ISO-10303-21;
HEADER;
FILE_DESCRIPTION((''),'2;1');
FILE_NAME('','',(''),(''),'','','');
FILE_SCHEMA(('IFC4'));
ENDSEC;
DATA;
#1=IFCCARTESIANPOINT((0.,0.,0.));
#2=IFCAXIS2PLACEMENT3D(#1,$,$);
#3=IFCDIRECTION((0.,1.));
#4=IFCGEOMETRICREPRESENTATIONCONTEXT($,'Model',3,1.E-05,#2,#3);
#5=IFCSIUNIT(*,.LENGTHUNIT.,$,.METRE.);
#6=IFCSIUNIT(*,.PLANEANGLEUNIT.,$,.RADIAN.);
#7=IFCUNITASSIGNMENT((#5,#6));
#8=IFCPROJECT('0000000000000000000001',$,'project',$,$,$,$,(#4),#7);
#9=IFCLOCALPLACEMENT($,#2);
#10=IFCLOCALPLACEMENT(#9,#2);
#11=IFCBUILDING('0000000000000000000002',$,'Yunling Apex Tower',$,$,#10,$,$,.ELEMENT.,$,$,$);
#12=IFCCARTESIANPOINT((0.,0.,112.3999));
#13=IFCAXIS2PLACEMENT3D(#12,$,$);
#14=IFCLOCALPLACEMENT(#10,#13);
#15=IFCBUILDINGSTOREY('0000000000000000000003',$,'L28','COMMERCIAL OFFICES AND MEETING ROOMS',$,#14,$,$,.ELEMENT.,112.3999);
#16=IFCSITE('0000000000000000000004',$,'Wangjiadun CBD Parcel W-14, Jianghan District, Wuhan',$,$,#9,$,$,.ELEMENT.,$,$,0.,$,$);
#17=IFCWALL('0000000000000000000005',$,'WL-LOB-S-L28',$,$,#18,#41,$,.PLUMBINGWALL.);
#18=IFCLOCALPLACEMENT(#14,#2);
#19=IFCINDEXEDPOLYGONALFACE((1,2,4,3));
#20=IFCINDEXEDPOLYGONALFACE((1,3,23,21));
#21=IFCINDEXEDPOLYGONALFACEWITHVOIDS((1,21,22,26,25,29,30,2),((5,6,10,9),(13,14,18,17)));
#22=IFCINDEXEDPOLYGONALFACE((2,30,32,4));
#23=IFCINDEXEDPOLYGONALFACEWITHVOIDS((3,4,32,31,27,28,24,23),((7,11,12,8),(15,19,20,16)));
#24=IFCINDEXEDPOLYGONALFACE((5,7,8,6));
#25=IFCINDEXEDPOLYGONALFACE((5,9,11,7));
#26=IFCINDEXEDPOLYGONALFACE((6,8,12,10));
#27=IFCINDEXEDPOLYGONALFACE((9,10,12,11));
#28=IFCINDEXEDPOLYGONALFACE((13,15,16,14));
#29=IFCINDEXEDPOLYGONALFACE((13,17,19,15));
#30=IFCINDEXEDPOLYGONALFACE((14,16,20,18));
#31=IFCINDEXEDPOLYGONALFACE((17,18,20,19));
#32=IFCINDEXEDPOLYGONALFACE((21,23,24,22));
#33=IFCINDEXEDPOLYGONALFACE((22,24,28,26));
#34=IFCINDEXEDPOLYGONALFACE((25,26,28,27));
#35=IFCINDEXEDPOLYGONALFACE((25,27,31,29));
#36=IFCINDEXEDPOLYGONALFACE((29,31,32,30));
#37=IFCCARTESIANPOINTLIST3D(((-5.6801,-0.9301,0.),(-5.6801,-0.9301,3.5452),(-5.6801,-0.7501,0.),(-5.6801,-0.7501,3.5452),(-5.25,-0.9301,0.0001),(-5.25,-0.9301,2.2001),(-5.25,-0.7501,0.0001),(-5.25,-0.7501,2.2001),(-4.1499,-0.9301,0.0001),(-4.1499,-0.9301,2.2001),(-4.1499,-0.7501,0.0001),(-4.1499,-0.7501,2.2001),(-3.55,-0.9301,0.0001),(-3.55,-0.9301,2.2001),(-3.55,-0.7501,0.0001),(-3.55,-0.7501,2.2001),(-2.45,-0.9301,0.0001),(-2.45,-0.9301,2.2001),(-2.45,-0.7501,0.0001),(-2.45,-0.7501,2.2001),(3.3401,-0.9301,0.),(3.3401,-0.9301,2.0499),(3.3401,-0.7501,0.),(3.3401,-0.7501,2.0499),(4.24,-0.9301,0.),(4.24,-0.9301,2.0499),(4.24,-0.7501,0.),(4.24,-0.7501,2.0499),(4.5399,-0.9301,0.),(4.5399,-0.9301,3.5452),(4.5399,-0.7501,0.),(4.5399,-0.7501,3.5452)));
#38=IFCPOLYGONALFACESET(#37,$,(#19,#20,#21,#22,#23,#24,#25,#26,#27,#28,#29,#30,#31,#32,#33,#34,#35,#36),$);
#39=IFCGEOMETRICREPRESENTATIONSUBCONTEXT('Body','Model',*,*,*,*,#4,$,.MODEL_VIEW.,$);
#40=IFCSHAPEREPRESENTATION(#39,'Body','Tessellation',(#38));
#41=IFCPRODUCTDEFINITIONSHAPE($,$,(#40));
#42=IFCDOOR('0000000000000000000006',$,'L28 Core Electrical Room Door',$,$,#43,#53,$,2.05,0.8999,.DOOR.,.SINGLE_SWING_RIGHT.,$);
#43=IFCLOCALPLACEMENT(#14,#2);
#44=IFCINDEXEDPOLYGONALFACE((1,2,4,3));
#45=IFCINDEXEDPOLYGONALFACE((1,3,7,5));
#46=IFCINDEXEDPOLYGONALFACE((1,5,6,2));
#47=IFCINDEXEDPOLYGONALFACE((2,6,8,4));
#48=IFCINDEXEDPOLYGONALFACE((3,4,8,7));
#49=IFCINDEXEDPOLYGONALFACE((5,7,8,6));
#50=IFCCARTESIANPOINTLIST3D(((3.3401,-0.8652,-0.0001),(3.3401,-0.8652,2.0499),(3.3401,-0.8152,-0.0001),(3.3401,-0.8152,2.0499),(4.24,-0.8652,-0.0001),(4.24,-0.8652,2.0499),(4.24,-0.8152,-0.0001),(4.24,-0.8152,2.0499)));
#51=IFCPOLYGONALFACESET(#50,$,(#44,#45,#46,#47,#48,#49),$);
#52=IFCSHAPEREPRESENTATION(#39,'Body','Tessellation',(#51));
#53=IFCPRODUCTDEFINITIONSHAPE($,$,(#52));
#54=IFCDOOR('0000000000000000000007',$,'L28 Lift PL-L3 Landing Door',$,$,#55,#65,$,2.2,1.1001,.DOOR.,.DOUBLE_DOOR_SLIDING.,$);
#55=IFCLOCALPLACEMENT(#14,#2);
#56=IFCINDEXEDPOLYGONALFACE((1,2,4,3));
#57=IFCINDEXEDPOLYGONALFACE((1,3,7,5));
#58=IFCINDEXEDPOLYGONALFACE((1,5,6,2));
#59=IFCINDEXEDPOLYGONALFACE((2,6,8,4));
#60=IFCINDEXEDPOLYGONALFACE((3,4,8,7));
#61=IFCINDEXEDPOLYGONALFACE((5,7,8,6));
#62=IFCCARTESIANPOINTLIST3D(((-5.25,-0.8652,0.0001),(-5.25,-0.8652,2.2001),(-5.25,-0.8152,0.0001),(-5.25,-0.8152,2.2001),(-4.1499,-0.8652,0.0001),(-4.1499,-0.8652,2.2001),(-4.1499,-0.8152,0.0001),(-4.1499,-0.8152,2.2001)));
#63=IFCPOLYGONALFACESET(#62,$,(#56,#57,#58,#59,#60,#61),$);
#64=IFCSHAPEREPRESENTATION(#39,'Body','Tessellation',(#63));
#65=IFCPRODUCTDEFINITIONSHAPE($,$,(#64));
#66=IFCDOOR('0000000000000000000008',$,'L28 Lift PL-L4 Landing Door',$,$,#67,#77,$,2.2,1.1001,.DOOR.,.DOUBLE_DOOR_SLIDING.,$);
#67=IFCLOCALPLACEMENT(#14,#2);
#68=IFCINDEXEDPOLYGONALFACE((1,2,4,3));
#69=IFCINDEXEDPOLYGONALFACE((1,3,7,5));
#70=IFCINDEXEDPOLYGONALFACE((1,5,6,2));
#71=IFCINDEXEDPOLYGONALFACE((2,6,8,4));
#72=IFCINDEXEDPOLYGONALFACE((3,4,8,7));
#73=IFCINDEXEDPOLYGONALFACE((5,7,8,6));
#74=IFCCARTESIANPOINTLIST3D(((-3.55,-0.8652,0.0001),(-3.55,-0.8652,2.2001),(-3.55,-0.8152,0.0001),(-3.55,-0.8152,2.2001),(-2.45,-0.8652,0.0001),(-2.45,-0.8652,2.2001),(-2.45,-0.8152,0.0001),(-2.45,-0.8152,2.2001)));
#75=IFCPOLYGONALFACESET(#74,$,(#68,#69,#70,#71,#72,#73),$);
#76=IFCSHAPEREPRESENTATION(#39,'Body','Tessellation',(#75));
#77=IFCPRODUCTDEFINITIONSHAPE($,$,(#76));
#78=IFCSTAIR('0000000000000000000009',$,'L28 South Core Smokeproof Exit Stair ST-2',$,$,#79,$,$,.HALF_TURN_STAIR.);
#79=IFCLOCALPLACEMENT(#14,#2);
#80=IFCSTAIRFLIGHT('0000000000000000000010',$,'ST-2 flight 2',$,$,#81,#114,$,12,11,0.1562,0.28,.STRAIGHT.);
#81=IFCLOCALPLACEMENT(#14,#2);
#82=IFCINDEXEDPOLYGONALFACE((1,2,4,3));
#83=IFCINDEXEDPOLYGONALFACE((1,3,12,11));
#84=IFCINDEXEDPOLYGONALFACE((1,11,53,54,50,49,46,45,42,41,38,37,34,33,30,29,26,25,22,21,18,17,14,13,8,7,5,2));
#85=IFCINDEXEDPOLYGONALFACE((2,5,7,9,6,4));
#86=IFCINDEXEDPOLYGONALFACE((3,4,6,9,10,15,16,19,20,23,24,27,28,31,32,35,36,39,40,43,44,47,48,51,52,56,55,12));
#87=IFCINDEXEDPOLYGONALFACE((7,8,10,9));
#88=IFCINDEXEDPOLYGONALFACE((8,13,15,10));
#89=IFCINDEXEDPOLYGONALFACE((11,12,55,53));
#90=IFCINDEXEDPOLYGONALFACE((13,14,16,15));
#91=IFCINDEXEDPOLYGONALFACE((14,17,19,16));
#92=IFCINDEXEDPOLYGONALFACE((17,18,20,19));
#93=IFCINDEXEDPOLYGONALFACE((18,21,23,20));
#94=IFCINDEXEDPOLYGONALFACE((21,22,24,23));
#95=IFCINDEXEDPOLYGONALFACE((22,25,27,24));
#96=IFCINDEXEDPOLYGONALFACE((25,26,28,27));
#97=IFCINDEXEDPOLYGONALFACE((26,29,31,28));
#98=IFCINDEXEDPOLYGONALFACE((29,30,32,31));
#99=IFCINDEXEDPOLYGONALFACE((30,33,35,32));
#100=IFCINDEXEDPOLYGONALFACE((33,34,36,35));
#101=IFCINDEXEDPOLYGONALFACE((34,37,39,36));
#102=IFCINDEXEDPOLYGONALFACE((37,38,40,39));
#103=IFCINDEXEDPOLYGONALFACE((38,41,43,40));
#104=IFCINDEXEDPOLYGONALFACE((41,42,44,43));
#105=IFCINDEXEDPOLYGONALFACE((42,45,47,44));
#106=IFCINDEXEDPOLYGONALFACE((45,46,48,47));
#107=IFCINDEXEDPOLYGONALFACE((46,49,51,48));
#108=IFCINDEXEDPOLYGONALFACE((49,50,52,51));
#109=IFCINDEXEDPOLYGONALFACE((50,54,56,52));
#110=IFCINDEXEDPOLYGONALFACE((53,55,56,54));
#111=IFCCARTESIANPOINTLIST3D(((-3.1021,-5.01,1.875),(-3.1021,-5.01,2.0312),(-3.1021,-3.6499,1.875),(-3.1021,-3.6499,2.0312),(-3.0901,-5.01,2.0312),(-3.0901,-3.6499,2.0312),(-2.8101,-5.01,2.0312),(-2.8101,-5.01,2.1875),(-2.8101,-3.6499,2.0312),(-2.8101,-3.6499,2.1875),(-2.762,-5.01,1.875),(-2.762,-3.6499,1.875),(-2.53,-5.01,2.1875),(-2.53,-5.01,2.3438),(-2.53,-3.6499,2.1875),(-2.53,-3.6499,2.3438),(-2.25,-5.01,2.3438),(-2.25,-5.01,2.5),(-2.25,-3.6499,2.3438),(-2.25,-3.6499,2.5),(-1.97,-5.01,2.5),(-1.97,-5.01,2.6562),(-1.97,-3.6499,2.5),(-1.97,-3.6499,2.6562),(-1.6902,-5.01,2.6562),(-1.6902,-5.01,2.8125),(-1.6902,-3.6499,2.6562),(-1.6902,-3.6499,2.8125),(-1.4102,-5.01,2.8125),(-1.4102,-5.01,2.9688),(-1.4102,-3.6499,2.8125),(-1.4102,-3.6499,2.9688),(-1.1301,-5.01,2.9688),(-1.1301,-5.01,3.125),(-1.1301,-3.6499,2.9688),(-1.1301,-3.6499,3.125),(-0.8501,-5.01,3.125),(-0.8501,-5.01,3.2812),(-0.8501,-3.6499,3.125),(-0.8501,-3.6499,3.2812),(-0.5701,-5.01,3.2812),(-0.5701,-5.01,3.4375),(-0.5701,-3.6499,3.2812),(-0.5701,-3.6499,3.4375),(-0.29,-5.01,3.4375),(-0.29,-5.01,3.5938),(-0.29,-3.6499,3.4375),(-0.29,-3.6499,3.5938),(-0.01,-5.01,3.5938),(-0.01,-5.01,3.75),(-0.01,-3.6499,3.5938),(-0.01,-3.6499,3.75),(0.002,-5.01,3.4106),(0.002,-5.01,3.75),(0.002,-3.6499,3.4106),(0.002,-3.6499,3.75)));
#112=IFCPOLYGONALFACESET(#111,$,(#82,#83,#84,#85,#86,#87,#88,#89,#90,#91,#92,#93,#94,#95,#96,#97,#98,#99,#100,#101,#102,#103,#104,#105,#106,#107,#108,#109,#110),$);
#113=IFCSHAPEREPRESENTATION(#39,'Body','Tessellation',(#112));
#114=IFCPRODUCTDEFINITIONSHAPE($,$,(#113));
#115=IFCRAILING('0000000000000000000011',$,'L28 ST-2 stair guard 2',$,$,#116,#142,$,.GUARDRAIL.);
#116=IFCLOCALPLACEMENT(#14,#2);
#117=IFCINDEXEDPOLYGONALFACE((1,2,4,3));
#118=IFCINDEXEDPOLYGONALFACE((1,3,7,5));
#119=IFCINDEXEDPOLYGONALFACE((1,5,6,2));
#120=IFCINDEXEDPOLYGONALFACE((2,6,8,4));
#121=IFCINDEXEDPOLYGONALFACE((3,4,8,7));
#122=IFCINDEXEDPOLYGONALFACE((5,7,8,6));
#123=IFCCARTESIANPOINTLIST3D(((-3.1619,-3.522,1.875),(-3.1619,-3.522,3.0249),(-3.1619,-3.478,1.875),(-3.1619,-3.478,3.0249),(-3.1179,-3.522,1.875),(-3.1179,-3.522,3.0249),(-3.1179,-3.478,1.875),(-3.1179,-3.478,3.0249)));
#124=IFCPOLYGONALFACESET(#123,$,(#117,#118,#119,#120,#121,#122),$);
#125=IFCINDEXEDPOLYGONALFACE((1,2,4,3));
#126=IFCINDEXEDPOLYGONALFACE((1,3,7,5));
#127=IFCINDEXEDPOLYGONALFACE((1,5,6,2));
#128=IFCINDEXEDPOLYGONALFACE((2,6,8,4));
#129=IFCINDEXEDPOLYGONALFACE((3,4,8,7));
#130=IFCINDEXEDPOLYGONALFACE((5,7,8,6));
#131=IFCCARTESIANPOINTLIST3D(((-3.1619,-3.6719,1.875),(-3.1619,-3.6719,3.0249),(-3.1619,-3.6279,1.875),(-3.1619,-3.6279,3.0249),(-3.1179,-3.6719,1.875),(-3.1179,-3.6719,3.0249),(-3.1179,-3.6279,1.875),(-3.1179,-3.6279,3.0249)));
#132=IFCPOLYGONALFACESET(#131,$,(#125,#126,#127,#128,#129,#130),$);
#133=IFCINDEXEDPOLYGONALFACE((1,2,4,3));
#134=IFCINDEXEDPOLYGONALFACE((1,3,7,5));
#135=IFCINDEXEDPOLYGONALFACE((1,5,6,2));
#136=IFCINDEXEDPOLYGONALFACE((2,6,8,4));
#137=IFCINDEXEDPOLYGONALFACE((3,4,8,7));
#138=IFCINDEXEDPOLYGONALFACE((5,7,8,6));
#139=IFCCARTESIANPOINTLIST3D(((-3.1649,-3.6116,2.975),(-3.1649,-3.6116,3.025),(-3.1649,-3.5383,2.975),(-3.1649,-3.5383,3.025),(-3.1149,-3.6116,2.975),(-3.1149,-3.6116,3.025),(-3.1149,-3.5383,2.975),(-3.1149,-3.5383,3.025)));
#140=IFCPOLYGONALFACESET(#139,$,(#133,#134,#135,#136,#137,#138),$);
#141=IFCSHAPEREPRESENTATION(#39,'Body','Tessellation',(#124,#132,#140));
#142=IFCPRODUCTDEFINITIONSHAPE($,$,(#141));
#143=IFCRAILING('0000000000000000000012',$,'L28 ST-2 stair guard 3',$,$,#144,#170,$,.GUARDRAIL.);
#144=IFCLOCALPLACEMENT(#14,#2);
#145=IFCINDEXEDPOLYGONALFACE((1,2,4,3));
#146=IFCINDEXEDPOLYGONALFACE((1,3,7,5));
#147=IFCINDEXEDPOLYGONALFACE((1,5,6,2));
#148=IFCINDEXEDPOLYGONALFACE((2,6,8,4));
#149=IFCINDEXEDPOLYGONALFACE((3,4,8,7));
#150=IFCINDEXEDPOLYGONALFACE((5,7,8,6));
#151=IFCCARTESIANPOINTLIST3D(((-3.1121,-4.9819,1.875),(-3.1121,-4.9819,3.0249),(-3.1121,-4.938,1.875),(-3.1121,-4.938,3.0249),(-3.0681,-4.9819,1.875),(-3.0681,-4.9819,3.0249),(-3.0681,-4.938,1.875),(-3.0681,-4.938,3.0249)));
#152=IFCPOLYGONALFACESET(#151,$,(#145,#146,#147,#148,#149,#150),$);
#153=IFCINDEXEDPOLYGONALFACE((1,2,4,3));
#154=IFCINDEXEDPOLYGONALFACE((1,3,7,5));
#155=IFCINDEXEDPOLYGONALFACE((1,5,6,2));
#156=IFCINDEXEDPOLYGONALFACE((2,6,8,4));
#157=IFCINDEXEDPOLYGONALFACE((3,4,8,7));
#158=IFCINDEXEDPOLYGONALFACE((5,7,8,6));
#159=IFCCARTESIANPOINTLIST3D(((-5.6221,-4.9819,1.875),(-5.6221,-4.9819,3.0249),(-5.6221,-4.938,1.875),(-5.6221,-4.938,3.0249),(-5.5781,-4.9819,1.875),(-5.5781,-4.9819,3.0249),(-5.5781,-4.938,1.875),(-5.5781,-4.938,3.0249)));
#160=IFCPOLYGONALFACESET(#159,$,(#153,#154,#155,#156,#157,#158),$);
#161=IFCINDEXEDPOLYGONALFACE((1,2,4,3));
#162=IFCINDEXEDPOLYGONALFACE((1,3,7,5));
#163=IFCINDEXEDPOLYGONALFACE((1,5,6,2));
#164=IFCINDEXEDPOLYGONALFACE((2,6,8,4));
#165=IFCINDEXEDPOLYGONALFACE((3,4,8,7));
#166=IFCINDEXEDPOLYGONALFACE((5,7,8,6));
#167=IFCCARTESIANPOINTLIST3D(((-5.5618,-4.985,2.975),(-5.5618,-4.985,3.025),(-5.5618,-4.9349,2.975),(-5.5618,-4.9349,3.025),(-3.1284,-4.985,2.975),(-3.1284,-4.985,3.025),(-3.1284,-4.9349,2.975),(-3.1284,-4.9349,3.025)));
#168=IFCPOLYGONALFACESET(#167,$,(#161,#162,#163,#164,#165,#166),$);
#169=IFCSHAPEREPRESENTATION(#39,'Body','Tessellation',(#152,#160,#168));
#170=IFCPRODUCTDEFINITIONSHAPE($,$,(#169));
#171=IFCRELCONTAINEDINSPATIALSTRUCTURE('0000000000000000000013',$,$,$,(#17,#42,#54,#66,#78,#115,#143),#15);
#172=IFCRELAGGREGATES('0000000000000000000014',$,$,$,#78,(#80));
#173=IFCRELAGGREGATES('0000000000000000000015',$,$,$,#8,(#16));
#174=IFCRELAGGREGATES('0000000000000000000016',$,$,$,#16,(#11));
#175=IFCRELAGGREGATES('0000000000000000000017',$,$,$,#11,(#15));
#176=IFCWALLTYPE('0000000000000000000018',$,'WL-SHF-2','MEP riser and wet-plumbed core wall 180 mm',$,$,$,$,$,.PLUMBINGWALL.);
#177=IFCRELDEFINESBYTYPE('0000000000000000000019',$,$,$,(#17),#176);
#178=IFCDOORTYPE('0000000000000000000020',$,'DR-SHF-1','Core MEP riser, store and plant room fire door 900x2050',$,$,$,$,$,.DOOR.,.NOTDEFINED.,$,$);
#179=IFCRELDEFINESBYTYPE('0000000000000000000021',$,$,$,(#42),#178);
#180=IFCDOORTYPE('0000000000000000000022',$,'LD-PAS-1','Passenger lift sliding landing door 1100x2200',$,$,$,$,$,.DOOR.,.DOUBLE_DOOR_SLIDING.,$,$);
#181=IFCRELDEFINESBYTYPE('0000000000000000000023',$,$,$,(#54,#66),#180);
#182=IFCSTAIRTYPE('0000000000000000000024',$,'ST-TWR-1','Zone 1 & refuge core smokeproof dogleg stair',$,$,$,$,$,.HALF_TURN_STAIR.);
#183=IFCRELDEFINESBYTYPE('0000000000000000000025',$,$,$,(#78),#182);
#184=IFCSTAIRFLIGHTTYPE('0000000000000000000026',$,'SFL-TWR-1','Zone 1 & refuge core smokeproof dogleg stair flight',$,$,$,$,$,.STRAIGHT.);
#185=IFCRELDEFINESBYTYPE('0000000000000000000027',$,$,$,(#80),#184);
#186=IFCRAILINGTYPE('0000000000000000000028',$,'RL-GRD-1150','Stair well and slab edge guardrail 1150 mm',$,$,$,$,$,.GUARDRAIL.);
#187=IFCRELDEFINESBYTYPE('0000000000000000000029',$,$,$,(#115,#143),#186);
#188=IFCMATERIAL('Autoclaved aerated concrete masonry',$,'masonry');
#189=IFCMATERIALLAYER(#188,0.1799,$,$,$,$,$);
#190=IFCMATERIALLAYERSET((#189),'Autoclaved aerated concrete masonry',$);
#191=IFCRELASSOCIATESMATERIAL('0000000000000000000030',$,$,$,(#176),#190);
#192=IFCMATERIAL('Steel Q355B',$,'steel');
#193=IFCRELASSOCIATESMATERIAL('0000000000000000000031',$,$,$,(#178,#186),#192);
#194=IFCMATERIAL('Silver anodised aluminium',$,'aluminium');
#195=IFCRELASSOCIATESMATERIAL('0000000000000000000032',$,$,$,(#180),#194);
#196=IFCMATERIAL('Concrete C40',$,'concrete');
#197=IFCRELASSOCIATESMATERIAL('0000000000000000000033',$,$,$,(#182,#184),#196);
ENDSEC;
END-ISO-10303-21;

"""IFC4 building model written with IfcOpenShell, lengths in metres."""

from ifc_helpers import new_model, si_unit, direction, frame, frame_2d, origin, origin_2d, place, context, subcontext, project, spatial, polyline, rectangle, outline, extrude, material, layer, layer_set, type_object, element, fill, aggregate, save


model = new_model("IFC4")

# Units and contexts
model_context = context("Model", 3, precision=1e-05, world=origin(), true_north=direction((0.0, 1.0)))
body_context = subcontext(model_context, "Body", "Model", "MODEL_VIEW")
ifc_project = project(units=[si_unit("LENGTHUNIT", "METRE"), si_unit("PLANEANGLEUNIT", "RADIAN")], contexts=[model_context])

# Site, building, storey
site_placement = place(None, origin())
site = spatial("IfcSite", under=ifc_project, at=site_placement, Name="Wangjiadun CBD Parcel W-14, Jianghan District, Wuhan", CompositionType="ELEMENT", RefElevation=0.0)
building_placement = place(site_placement, origin())
building = spatial("IfcBuilding", under=site, at=building_placement, Name="Yunling Apex Tower", CompositionType="ELEMENT")
storey_placement = place(building_placement, frame((0.0, 0.0, 112.3999)))
storey = spatial("IfcBuildingStorey", under=building, at=storey_placement, Name="L28", Description="COMMERCIAL OFFICES AND MEETING ROOMS", CompositionType="ELEMENT", Elevation=112.3999)

# Shared definitions
ifc_material_1 = material(Name="Steel Q355B", Category="steel")

# Shared definitions
ifc_material_2 = material(Name="Concrete C40", Category="concrete")

# Shared definitions
ifc_material_3 = material(Name="Autoclaved aerated concrete masonry", Category="masonry")

# Shared definitions
ifc_layer_1 = layer(ifc_material_3, 0.1799)
ifc_layer_set_1 = layer_set([ifc_layer_1], Name="Autoclaved aerated concrete masonry")
wall_type_1 = type_object("IfcWallType", Name="WL-SHF-2", Description="MEP riser and wet-plumbed core wall 180 mm", PredefinedType="PLUMBINGWALL", material=ifc_layer_set_1)

# Wall, openings, doors
wall_1_placement = place(storey_placement, frame((-5.6799, -0.8401, 0.0), z_axis=(0.0, 0.0, 1.0), x_axis=(1.0, 0.0, 0.0)))
wall_1 = element("IfcWall", 1, at=wall_1_placement, inside=storey, type_object=wall_type_1, Name="WL-LOB-S-L28", PredefinedType="PLUMBINGWALL", context=body_context, shape_type="SweptSolid", body=[
    extrude(rectangle(XDim=10.22, YDim=0.1799, at=frame_2d((5.1099, 0.0))), origin(), (0.0, 0.0, 1.0), 3.5452),
])
opening_1_placement = place(wall_1_placement, frame((0.4299, 0.0, 0.0)))
opening_1 = element("IfcOpeningElement", 2, at=opening_1_placement, cuts=wall_1, PredefinedType="OPENING", context=body_context, shape_type="SweptSolid", body=[
    extrude(rectangle(XDim=1.1001, YDim=2.2, at=frame_2d((0.55, 1.1001))), frame((0.0, 0.1001, 0.0), z_axis=(0.0, -1.0, 0.0), x_axis=(1.0, 0.0, 0.0)), (0.0, 0.0, 1.0), 0.2),
])
opening_2_placement = place(wall_1_placement, frame((2.1299, 0.0, 0.0)))
opening_2 = element("IfcOpeningElement", 3, at=opening_2_placement, cuts=wall_1, PredefinedType="OPENING", context=body_context, shape_type="SweptSolid", body=[
    extrude(rectangle(XDim=1.1001, YDim=2.2, at=frame_2d((0.55, 1.1001))), frame((0.0, 0.1001, 0.0), z_axis=(0.0, -1.0, 0.0), x_axis=(1.0, 0.0, 0.0)), (0.0, 0.0, 1.0), 0.2),
])
opening_3_placement = place(wall_1_placement, frame((9.02, 0.0, 0.0)))
opening_3 = element("IfcOpeningElement", 4, at=opening_3_placement, cuts=wall_1, PredefinedType="OPENING", context=body_context, shape_type="SweptSolid", body=[
    extrude(rectangle(XDim=0.8999, YDim=2.05, at=frame_2d((0.45, 1.0249))), frame((0.0, 0.1001, 0.0), z_axis=(0.0, -1.0, 0.0), x_axis=(1.0, 0.0, 0.0)), (0.0, 0.0, 1.0), 0.2),
])
door_type_1 = type_object("IfcDoorType", Name="DR-SHF-1", Description="Core MEP riser, store and plant room fire door 900x2050", OperationType="NOTDEFINED", PredefinedType="DOOR", material=ifc_material_1)
door_1_placement = place(opening_3_placement, origin())
door_1 = element("IfcDoor", 5, at=door_1_placement, inside=storey, type_object=door_type_1, Name="L28 Core Electrical Room Door", OperationType="SINGLE_SWING_RIGHT", OverallHeight=2.05, OverallWidth=0.8999, PredefinedType="DOOR", context=body_context, shape_type="SweptSolid", body=[
    extrude(rectangle(XDim=0.8999, YDim=2.05, at=frame_2d((0.45, 1.0249))), frame((0.0, 0.0249, 0.0), z_axis=(0.0, -1.0, 0.0), x_axis=(1.0, 0.0, 0.0)), (0.0, 0.0, 1.0), 0.05),
])
fill(opening_3, door_1)
ifc_material_4 = material(Name="Silver anodised aluminium", Category="aluminium")
door_type_2 = type_object("IfcDoorType", Name="LD-PAS-1", Description="Passenger lift sliding landing door 1100x2200", OperationType="DOUBLE_DOOR_SLIDING", PredefinedType="DOOR", material=ifc_material_4)
door_2_placement = place(opening_1_placement, origin())
door_2 = element("IfcDoor", 6, at=door_2_placement, inside=storey, type_object=door_type_2, Name="L28 Lift PL-L3 Landing Door", OperationType="DOUBLE_DOOR_SLIDING", OverallHeight=2.2, OverallWidth=1.1001, PredefinedType="DOOR", context=body_context, shape_type="SweptSolid", body=[
    extrude(rectangle(XDim=1.1001, YDim=2.2, at=frame_2d((0.55, 1.1001))), frame((0.0, 0.0249, 0.0), z_axis=(0.0, -1.0, 0.0), x_axis=(1.0, 0.0, 0.0)), (0.0, 0.0, 1.0), 0.05),
])
fill(opening_1, door_2)
door_3_placement = place(opening_2_placement, origin())
door_3 = element("IfcDoor", 7, at=door_3_placement, inside=storey, type_object=door_type_2, Name="L28 Lift PL-L4 Landing Door", OperationType="DOUBLE_DOOR_SLIDING", OverallHeight=2.2, OverallWidth=1.1001, PredefinedType="DOOR", context=body_context, shape_type="SweptSolid", body=[
    extrude(rectangle(XDim=1.1001, YDim=2.2, at=frame_2d((0.55, 1.1001))), frame((0.0, 0.0249, 0.0), z_axis=(0.0, -1.0, 0.0), x_axis=(1.0, 0.0, 0.0)), (0.0, 0.0, 1.0), 0.05),
])
fill(opening_2, door_3)

# Stair, stair flight
stair_type = type_object("IfcStairType", Name="ST-TWR-1", Description="Zone 1 & refuge core smokeproof dogleg stair", PredefinedType="HALF_TURN_STAIR", material=ifc_material_2)
stair_placement = place(storey_placement, origin())
stair = element("IfcStair", 8, at=stair_placement, inside=storey, type_object=stair_type, Name="L28 South Core Smokeproof Exit Stair ST-2", PredefinedType="HALF_TURN_STAIR")
stair_flight_type = type_object("IfcStairFlightType", Name="SFL-TWR-1", Description="Zone 1 & refuge core smokeproof dogleg stair flight", PredefinedType="STRAIGHT", material=ifc_material_2)
stair_flight_placement = place(storey_placement, frame((-3.0901, -4.3301, 1.875), z_axis=(0.0, 0.0, 1.0), x_axis=(1.0, 0.0, 0.0)))
stair_flight = element("IfcStairFlight", 9, at=stair_flight_placement, type_object=stair_flight_type, Name="ST-2 flight 2", NumberOfRisers=12, NumberOfTreads=11, PredefinedType="STRAIGHT", RiserHeight=0.1562, TreadLength=0.28, context=body_context, shape_type="SweptSolid", body=[
    extrude(outline(polyline([(-0.012, 0.0), (-0.012, 0.1562), (0.0, 0.1562), (0.28, 0.1562), (0.28, 0.3125), (0.5601, 0.3125), (0.5601, 0.4688), (0.8401, 0.4688), (0.8401, 0.625), (1.1201, 0.625), (1.1201, 0.7812), (1.3999, 0.7812), (1.3999, 0.9375), (1.6799, 0.9375), (1.6799, 1.0938), (1.96, 1.0938), (1.96, 1.25), (2.24, 1.25), (2.24, 1.4062), (2.52, 1.4062), (2.52, 1.5625), (2.8, 1.5625), (2.8, 1.7188), (3.0801, 1.7188), (3.0801, 1.875), (3.092, 1.875), (3.092, 1.5356), (0.3281, 0.0), (-0.012, 0.0)])), frame((0.0, 0.6802, 0.0), z_axis=(0.0, -1.0, 0.0), x_axis=(1.0, 0.0, 0.0)), (0.0, 0.0, 1.0), 1.3601),
])
aggregate(stair, [stair_flight])

# Railings
railing_type_1 = type_object("IfcRailingType", Name="RL-GRD-1150", Description="Stair well and slab edge guardrail 1150 mm", PredefinedType="GUARDRAIL", material=ifc_material_1)
railing_1_placement = place(storey_placement, frame((-3.1399, -3.5, 1.875)))
element("IfcRailing", 10, at=railing_1_placement, inside=storey, type_object=railing_type_1, Name="L28 ST-2 stair guard 2", PredefinedType="GUARDRAIL", context=body_context, shape_type="SweptSolid", body=[
    extrude(rectangle(XDim=0.0439, YDim=0.0439, at=origin_2d()), origin(), (0.0, 0.0, 1.0), 1.1499),
    extrude(rectangle(XDim=0.0439, YDim=0.0439, at=origin_2d()), frame((0.0, -0.1499, 0.0)), (0.0, 0.0, 1.0), 1.1499),
    extrude(rectangle(XDim=0.05, YDim=0.05, at=origin_2d()), frame((0.0, -0.0383, 1.125), z_axis=(0.0, -1.0, 0.0), x_axis=(1.0, 0.0, 0.0)), (0.0, 0.0, 1.0), 0.0732),
])
railing_2_placement = place(storey_placement, frame((-3.0901, -4.96, 1.875)))
element("IfcRailing", 11, at=railing_2_placement, inside=storey, type_object=railing_type_1, Name="L28 ST-2 stair guard 3", PredefinedType="GUARDRAIL", context=body_context, shape_type="SweptSolid", body=[
    extrude(rectangle(XDim=0.0439, YDim=0.0439, at=origin_2d()), origin(), (0.0, 0.0, 1.0), 1.1499),
    extrude(rectangle(XDim=0.0439, YDim=0.0439, at=origin_2d()), frame((-2.51, 0.0, 0.0)), (0.0, 0.0, 1.0), 1.1499),
    extrude(rectangle(XDim=0.05, YDim=0.05, at=origin_2d()), frame((-0.0383, 0.0, 1.125), z_axis=(-1.0, 0.0, 0.0), x_axis=(0.0, -1.0, 0.0)), (0.0, 0.0, 1.0), 2.4333),
])

save(model, "model.ifc")
